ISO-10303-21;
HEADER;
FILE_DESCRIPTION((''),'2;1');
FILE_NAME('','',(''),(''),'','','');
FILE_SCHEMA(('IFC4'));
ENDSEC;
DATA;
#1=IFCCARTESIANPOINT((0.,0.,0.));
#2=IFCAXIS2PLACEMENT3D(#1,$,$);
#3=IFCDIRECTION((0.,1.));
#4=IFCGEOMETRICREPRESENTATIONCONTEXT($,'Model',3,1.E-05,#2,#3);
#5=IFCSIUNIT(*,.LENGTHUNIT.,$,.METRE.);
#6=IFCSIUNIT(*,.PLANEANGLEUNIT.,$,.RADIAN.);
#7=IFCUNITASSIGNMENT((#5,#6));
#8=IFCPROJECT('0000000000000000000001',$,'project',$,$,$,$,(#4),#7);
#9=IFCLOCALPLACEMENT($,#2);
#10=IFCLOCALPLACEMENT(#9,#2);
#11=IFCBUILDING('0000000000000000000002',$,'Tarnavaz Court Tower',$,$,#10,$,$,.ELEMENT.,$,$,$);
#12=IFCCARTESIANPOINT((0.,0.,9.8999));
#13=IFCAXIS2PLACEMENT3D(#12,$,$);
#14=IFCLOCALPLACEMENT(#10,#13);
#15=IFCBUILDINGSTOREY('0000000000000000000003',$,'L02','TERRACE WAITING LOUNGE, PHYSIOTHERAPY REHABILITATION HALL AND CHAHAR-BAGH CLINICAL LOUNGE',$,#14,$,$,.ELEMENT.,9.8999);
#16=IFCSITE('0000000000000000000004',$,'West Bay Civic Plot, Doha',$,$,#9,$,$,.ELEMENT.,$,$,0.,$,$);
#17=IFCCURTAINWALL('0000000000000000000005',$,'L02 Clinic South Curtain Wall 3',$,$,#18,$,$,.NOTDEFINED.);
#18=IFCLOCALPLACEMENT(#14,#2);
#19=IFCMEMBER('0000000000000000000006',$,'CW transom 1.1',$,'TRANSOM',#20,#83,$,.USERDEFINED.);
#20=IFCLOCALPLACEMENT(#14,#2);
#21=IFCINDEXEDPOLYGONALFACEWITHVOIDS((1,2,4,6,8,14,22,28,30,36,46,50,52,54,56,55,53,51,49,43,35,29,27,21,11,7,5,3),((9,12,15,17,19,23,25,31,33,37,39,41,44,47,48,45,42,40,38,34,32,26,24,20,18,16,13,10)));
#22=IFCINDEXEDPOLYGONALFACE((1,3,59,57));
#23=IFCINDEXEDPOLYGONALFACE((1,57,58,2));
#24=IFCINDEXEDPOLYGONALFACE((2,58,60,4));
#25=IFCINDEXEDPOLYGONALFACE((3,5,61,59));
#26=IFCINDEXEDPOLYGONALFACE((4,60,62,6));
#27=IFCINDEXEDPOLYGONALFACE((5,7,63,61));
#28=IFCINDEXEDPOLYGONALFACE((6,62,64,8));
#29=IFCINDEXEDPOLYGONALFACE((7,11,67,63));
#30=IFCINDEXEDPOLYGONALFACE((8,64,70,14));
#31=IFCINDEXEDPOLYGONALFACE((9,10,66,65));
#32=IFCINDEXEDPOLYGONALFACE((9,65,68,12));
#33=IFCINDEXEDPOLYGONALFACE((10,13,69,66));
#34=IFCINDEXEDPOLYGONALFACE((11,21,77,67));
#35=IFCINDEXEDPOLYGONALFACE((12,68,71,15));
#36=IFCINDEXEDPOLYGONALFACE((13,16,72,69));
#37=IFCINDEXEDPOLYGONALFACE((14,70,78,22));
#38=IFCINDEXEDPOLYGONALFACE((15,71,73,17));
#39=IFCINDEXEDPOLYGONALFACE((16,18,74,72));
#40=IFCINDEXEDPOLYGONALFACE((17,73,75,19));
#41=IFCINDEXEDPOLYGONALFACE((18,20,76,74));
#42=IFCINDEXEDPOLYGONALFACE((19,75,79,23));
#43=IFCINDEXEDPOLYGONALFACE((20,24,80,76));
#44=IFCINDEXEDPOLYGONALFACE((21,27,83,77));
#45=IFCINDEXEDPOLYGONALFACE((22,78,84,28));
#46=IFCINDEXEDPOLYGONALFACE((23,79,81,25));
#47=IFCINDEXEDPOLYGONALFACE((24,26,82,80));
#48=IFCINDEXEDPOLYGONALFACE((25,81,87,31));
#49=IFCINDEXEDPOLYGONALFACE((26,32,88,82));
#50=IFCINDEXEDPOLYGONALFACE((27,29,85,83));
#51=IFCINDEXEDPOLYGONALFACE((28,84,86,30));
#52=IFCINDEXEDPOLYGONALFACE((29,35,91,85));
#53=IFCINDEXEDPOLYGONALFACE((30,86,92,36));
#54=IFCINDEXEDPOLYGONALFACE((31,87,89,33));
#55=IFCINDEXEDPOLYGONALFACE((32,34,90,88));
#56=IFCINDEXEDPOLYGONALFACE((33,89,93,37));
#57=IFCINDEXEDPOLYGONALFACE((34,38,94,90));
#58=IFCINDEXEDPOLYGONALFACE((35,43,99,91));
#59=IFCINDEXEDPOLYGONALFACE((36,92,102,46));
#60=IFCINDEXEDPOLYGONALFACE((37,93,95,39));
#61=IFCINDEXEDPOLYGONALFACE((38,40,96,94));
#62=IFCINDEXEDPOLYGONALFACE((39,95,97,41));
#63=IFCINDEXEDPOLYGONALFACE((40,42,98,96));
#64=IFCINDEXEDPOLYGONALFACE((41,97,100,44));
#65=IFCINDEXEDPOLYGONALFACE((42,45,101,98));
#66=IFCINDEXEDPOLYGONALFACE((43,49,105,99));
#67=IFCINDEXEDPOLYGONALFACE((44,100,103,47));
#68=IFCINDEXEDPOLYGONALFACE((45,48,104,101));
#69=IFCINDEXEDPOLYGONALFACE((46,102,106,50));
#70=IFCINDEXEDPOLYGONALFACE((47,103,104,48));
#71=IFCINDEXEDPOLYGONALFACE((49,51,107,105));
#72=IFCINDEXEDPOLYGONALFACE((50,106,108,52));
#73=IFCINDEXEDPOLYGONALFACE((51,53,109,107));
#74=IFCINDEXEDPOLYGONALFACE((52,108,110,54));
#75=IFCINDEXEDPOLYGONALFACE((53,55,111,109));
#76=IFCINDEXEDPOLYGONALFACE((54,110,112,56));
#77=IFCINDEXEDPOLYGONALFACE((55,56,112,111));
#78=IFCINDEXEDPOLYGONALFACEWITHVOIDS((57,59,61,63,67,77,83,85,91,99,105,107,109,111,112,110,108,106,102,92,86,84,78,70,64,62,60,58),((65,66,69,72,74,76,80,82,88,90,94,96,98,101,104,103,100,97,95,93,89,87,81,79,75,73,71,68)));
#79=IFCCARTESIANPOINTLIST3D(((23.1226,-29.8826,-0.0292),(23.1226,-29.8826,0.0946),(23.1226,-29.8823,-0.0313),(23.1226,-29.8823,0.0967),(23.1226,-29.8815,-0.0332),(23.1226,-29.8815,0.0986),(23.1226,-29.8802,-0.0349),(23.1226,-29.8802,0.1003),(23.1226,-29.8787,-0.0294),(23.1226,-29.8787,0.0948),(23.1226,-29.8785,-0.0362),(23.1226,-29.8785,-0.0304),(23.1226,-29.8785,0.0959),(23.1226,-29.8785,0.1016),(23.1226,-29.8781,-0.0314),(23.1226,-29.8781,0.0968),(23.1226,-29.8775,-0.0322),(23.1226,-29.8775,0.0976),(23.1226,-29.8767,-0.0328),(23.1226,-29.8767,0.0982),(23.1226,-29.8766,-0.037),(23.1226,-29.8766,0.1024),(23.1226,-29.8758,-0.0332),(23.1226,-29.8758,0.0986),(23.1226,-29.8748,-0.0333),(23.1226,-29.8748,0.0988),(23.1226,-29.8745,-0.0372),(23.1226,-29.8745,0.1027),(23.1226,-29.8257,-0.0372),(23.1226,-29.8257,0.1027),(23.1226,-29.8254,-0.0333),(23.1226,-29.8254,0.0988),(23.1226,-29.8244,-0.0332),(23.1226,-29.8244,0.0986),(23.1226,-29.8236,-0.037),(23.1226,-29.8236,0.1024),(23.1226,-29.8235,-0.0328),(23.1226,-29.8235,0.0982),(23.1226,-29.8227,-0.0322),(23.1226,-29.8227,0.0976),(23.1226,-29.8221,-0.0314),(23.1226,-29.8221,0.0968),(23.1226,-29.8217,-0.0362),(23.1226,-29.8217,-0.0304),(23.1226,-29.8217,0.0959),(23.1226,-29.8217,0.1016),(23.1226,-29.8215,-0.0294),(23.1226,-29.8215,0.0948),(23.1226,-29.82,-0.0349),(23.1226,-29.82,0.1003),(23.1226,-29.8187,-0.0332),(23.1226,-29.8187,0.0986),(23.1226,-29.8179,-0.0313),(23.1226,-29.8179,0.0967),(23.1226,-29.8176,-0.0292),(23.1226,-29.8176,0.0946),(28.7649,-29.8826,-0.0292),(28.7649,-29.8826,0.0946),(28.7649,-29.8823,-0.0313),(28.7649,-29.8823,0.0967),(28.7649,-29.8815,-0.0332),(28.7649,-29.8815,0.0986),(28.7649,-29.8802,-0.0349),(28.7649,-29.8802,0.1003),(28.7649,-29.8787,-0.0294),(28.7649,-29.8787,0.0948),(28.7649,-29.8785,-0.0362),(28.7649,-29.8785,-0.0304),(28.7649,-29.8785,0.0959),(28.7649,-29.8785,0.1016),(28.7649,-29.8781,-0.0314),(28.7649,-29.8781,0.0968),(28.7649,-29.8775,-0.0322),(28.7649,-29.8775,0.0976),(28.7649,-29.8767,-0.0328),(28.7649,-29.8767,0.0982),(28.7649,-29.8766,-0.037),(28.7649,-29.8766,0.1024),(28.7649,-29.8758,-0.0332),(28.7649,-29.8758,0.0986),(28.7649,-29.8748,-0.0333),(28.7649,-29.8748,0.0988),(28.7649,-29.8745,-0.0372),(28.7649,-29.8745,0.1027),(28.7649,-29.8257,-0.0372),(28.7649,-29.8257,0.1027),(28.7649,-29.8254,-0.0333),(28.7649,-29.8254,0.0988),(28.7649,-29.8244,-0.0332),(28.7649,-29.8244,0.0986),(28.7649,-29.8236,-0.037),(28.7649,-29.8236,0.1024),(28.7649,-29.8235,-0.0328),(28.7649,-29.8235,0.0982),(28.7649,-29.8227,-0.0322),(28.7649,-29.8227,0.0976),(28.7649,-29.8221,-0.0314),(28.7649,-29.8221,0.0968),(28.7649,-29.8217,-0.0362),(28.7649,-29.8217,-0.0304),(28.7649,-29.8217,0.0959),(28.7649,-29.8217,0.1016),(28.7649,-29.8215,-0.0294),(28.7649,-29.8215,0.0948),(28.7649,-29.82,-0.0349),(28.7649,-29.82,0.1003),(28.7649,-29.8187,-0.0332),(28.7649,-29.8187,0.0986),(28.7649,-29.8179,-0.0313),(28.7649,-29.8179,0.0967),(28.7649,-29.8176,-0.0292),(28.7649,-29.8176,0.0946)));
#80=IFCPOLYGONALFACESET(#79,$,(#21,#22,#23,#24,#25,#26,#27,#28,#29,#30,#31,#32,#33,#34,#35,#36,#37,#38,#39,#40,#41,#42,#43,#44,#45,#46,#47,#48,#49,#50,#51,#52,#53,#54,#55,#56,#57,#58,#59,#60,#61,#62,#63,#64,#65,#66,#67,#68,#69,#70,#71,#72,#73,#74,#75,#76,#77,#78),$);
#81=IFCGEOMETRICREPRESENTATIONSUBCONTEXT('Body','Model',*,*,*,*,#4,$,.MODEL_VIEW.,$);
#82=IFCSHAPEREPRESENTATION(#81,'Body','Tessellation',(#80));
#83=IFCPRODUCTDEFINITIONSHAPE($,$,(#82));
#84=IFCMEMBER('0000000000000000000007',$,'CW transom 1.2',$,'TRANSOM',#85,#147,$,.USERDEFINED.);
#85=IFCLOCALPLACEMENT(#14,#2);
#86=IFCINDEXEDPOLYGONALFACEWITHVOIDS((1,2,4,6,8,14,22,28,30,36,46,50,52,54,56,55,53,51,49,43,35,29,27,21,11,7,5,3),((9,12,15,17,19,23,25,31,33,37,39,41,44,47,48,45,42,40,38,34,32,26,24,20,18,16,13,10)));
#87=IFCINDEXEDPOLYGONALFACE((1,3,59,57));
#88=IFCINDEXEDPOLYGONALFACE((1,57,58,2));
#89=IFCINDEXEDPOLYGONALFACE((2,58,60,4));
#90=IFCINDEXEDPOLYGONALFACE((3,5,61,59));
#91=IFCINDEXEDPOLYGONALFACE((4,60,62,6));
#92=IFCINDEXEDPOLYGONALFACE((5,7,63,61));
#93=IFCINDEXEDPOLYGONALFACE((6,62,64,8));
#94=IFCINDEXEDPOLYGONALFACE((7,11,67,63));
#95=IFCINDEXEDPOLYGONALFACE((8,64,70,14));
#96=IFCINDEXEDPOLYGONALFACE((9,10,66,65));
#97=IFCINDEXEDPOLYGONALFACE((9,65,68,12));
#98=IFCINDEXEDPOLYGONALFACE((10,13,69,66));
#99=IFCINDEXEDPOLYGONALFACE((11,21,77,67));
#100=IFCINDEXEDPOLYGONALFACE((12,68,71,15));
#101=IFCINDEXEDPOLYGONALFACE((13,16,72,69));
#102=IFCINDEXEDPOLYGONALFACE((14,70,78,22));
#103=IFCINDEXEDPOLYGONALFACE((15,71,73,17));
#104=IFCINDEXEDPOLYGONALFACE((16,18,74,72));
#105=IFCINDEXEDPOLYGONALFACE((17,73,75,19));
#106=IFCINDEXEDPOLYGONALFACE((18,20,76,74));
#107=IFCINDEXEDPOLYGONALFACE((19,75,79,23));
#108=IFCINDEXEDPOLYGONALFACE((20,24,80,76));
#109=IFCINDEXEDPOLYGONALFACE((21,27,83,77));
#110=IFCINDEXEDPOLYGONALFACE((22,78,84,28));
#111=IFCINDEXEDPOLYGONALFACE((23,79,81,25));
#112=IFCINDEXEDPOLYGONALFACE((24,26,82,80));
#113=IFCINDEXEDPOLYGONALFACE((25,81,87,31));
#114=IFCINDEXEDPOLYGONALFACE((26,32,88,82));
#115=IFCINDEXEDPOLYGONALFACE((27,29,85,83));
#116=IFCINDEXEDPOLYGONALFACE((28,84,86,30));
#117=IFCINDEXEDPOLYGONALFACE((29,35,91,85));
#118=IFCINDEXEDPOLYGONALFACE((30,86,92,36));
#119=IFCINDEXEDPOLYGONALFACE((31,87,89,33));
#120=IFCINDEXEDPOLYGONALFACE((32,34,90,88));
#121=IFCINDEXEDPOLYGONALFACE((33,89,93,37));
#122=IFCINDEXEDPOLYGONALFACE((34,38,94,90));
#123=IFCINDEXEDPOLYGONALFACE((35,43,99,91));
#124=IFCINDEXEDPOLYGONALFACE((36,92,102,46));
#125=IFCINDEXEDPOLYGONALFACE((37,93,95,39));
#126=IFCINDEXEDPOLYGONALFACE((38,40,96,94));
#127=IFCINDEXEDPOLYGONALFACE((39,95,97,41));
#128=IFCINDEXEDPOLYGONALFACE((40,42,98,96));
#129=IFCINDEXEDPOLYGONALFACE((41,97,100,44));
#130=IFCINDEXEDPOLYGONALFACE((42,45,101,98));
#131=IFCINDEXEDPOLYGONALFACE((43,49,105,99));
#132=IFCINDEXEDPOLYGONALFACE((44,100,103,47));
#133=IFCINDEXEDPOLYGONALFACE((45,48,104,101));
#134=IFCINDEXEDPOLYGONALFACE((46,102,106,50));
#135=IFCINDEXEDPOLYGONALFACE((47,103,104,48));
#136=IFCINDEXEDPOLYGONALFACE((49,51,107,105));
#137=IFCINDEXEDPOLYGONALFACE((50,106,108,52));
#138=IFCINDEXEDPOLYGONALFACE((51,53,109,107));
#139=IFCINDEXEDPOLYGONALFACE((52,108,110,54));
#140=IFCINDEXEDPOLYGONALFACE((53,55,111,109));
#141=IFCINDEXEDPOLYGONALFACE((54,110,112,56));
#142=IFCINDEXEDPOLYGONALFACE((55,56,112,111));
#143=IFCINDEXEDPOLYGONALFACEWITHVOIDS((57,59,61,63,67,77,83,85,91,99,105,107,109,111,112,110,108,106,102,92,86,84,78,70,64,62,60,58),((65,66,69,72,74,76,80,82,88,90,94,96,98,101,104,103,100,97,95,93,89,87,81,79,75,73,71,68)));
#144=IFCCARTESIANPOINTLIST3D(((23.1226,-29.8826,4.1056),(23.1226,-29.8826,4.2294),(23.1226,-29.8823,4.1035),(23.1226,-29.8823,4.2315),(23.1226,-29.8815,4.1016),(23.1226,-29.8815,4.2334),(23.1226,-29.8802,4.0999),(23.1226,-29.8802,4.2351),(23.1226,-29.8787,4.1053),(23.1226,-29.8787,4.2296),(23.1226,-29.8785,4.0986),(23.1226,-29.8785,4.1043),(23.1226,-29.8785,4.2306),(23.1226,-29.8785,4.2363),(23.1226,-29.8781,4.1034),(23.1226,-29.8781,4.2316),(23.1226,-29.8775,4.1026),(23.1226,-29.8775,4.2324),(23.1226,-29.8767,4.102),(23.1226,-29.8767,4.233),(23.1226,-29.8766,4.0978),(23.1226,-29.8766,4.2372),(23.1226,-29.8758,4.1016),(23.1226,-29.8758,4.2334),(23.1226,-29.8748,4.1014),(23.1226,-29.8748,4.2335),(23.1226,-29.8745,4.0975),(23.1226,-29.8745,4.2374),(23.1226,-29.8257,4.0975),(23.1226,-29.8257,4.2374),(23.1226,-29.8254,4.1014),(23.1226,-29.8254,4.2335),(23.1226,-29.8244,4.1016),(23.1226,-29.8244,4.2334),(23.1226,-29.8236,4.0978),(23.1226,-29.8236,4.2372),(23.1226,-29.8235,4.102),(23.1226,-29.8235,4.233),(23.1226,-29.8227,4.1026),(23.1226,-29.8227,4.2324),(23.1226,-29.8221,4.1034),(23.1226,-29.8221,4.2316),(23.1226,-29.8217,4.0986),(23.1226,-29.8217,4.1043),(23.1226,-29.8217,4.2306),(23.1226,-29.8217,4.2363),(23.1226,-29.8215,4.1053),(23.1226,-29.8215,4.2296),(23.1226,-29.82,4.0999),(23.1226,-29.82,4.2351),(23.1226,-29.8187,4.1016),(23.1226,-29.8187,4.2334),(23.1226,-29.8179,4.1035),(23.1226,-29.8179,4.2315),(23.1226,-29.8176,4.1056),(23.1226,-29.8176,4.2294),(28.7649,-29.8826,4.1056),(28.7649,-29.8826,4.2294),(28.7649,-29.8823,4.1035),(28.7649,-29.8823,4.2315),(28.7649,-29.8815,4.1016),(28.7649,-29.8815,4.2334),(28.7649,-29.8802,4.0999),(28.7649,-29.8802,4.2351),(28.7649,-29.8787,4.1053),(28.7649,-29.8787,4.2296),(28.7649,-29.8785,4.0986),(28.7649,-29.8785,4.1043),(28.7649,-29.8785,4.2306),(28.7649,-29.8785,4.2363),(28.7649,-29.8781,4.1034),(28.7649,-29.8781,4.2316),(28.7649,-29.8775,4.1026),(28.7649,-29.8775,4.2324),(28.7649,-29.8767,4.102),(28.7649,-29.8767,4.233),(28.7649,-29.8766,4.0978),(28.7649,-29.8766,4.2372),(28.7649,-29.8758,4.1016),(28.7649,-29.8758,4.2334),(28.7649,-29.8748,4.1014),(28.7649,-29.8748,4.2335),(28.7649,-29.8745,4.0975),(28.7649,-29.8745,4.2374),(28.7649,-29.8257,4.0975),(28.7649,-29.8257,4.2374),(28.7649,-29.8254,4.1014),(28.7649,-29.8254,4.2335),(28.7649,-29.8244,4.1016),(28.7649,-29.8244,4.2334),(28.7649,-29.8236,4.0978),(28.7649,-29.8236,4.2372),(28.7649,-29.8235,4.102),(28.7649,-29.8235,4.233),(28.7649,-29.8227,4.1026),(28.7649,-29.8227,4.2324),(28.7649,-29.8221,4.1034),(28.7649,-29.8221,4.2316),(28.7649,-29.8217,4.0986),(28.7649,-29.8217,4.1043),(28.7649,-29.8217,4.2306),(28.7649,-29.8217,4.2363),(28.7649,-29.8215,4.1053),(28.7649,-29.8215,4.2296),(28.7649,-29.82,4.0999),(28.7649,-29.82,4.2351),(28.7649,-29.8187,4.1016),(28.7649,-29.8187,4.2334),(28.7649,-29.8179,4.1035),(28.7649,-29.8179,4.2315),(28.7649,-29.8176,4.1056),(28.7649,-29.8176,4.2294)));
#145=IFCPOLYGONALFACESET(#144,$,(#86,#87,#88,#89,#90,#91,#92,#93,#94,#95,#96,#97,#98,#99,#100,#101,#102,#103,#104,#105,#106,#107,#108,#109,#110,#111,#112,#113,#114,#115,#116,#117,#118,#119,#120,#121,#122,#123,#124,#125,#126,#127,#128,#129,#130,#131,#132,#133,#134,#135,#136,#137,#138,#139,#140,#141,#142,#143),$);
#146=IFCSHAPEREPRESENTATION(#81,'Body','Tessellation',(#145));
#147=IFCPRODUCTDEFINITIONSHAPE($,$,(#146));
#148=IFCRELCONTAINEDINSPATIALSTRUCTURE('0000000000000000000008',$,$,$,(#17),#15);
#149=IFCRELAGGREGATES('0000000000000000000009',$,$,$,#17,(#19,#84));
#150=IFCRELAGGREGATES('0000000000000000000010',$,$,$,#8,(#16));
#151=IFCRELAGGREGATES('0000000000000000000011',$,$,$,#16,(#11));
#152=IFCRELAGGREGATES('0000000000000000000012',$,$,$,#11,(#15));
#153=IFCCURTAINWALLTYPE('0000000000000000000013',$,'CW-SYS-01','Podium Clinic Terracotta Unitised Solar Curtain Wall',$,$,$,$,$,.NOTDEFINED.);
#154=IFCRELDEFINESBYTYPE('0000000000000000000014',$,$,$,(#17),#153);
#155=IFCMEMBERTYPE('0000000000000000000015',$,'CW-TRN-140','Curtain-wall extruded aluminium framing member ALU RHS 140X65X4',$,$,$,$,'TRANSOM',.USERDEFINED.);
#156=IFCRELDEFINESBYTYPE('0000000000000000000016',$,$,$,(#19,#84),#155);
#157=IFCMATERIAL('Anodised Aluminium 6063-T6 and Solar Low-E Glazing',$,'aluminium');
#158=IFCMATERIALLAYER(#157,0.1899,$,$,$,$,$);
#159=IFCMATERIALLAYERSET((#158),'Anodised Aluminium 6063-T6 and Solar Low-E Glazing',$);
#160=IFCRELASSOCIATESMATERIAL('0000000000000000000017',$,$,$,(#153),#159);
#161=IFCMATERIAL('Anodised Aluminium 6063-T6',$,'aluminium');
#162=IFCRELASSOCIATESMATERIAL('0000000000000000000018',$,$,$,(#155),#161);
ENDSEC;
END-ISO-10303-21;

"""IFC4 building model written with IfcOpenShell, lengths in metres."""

from ifc_helpers import new_model, si_unit, direction, frame, origin, origin_2d, place, context, subcontext, project, spatial, hollow_rectangle, extrude, material, layer, layer_set, material_profile, profile_set, type_object, element, aggregate, save


model = new_model("IFC4")

# Units and contexts
model_context = context("Model", 3, precision=1e-05, world=origin(), true_north=direction((0.0, 1.0)))
body_context = subcontext(model_context, "Body", "Model", "MODEL_VIEW")
ifc_project = project(units=[si_unit("LENGTHUNIT", "METRE"), si_unit("PLANEANGLEUNIT", "RADIAN")], contexts=[model_context])

# Site, building, storey
site_placement = place(None, origin())
site = spatial("IfcSite", under=ifc_project, at=site_placement, Name="West Bay Civic Plot, Doha", CompositionType="ELEMENT", RefElevation=0.0)
building_placement = place(site_placement, origin())
building = spatial("IfcBuilding", under=site, at=building_placement, Name="Tarnavaz Court Tower", CompositionType="ELEMENT")
storey_placement = place(building_placement, frame((0.0, 0.0, 9.8999)))
storey = spatial("IfcBuildingStorey", under=building, at=storey_placement, Name="L02", Description="TERRACE WAITING LOUNGE, PHYSIOTHERAPY REHABILITATION HALL AND CHAHAR-BAGH CLINICAL LOUNGE", CompositionType="ELEMENT", Elevation=9.8999)

# Curtain wall, members
ifc_material_1 = material(Name="Anodised Aluminium 6063-T6 and Solar Low-E Glazing", Category="aluminium")
ifc_layer_1 = layer(ifc_material_1, 0.1899)
ifc_layer_set_1 = layer_set([ifc_layer_1], Name="Anodised Aluminium 6063-T6 and Solar Low-E Glazing")
curtain_wall_type = type_object("IfcCurtainWallType", Name="CW-SYS-01", Description="Podium Clinic Terracotta Unitised Solar Curtain Wall", PredefinedType="NOTDEFINED", material=ifc_layer_set_1)
curtain_wall_placement = place(storey_placement, origin())
curtain_wall = element("IfcCurtainWall", 1, at=curtain_wall_placement, inside=storey, type_object=curtain_wall_type, Name="L02 Clinic South Curtain Wall 3", PredefinedType="NOTDEFINED")
ifc_material_2 = material(Name="Anodised Aluminium 6063-T6", Category="aluminium")
ifc_material_profile_1 = material_profile(ifc_material_2, hollow_rectangle(XDim=0.0649, YDim=0.1399, WallThickness=0.0039, InnerFilletRadius=0.0039, OuterFilletRadius=0.0081, at=origin_2d()), Name="ALU RHS 140X65X4")
ifc_profile_set_1 = profile_set([ifc_material_profile_1], Name="Anodised Aluminium 6063-T6")
member_type_1 = type_object("IfcMemberType", Name="CW-TRN-140", Description="Curtain-wall extruded aluminium framing member ALU RHS 140X65X4", ElementType="TRANSOM", PredefinedType="USERDEFINED", material=ifc_profile_set_1)
member_1_placement = place(storey_placement, frame((28.7649, -29.8501, 0.0327), z_axis=(-1.0, 0.0, 0.0), x_axis=(0.0, -1.0, 0.0)))
member_1 = element("IfcMember", 2, at=member_1_placement, type_object=member_type_1, Name="CW transom 1.1", ObjectType="TRANSOM", PredefinedType="USERDEFINED", context=body_context, shape_type="SweptSolid", body=[
    extrude(hollow_rectangle(XDim=0.0649, YDim=0.1399, WallThickness=0.0039, InnerFilletRadius=0.0039, OuterFilletRadius=0.0081, at=origin_2d()), origin(), (0.0, 0.0, 1.0), 5.6423),
])
member_2_placement = place(storey_placement, frame((28.7649, -29.8501, 4.1675), z_axis=(-1.0, 0.0, 0.0), x_axis=(0.0, -1.0, 0.0)))
member_2 = element("IfcMember", 3, at=member_2_placement, type_object=member_type_1, Name="CW transom 1.2", ObjectType="TRANSOM", PredefinedType="USERDEFINED", context=body_context, shape_type="SweptSolid", body=[
    extrude(hollow_rectangle(XDim=0.0649, YDim=0.1399, WallThickness=0.0039, InnerFilletRadius=0.0039, OuterFilletRadius=0.0081, at=origin_2d()), origin(), (0.0, 0.0, 1.0), 5.6423),
])
aggregate(curtain_wall, [member_1, member_2])

save(model, "model.ifc")
